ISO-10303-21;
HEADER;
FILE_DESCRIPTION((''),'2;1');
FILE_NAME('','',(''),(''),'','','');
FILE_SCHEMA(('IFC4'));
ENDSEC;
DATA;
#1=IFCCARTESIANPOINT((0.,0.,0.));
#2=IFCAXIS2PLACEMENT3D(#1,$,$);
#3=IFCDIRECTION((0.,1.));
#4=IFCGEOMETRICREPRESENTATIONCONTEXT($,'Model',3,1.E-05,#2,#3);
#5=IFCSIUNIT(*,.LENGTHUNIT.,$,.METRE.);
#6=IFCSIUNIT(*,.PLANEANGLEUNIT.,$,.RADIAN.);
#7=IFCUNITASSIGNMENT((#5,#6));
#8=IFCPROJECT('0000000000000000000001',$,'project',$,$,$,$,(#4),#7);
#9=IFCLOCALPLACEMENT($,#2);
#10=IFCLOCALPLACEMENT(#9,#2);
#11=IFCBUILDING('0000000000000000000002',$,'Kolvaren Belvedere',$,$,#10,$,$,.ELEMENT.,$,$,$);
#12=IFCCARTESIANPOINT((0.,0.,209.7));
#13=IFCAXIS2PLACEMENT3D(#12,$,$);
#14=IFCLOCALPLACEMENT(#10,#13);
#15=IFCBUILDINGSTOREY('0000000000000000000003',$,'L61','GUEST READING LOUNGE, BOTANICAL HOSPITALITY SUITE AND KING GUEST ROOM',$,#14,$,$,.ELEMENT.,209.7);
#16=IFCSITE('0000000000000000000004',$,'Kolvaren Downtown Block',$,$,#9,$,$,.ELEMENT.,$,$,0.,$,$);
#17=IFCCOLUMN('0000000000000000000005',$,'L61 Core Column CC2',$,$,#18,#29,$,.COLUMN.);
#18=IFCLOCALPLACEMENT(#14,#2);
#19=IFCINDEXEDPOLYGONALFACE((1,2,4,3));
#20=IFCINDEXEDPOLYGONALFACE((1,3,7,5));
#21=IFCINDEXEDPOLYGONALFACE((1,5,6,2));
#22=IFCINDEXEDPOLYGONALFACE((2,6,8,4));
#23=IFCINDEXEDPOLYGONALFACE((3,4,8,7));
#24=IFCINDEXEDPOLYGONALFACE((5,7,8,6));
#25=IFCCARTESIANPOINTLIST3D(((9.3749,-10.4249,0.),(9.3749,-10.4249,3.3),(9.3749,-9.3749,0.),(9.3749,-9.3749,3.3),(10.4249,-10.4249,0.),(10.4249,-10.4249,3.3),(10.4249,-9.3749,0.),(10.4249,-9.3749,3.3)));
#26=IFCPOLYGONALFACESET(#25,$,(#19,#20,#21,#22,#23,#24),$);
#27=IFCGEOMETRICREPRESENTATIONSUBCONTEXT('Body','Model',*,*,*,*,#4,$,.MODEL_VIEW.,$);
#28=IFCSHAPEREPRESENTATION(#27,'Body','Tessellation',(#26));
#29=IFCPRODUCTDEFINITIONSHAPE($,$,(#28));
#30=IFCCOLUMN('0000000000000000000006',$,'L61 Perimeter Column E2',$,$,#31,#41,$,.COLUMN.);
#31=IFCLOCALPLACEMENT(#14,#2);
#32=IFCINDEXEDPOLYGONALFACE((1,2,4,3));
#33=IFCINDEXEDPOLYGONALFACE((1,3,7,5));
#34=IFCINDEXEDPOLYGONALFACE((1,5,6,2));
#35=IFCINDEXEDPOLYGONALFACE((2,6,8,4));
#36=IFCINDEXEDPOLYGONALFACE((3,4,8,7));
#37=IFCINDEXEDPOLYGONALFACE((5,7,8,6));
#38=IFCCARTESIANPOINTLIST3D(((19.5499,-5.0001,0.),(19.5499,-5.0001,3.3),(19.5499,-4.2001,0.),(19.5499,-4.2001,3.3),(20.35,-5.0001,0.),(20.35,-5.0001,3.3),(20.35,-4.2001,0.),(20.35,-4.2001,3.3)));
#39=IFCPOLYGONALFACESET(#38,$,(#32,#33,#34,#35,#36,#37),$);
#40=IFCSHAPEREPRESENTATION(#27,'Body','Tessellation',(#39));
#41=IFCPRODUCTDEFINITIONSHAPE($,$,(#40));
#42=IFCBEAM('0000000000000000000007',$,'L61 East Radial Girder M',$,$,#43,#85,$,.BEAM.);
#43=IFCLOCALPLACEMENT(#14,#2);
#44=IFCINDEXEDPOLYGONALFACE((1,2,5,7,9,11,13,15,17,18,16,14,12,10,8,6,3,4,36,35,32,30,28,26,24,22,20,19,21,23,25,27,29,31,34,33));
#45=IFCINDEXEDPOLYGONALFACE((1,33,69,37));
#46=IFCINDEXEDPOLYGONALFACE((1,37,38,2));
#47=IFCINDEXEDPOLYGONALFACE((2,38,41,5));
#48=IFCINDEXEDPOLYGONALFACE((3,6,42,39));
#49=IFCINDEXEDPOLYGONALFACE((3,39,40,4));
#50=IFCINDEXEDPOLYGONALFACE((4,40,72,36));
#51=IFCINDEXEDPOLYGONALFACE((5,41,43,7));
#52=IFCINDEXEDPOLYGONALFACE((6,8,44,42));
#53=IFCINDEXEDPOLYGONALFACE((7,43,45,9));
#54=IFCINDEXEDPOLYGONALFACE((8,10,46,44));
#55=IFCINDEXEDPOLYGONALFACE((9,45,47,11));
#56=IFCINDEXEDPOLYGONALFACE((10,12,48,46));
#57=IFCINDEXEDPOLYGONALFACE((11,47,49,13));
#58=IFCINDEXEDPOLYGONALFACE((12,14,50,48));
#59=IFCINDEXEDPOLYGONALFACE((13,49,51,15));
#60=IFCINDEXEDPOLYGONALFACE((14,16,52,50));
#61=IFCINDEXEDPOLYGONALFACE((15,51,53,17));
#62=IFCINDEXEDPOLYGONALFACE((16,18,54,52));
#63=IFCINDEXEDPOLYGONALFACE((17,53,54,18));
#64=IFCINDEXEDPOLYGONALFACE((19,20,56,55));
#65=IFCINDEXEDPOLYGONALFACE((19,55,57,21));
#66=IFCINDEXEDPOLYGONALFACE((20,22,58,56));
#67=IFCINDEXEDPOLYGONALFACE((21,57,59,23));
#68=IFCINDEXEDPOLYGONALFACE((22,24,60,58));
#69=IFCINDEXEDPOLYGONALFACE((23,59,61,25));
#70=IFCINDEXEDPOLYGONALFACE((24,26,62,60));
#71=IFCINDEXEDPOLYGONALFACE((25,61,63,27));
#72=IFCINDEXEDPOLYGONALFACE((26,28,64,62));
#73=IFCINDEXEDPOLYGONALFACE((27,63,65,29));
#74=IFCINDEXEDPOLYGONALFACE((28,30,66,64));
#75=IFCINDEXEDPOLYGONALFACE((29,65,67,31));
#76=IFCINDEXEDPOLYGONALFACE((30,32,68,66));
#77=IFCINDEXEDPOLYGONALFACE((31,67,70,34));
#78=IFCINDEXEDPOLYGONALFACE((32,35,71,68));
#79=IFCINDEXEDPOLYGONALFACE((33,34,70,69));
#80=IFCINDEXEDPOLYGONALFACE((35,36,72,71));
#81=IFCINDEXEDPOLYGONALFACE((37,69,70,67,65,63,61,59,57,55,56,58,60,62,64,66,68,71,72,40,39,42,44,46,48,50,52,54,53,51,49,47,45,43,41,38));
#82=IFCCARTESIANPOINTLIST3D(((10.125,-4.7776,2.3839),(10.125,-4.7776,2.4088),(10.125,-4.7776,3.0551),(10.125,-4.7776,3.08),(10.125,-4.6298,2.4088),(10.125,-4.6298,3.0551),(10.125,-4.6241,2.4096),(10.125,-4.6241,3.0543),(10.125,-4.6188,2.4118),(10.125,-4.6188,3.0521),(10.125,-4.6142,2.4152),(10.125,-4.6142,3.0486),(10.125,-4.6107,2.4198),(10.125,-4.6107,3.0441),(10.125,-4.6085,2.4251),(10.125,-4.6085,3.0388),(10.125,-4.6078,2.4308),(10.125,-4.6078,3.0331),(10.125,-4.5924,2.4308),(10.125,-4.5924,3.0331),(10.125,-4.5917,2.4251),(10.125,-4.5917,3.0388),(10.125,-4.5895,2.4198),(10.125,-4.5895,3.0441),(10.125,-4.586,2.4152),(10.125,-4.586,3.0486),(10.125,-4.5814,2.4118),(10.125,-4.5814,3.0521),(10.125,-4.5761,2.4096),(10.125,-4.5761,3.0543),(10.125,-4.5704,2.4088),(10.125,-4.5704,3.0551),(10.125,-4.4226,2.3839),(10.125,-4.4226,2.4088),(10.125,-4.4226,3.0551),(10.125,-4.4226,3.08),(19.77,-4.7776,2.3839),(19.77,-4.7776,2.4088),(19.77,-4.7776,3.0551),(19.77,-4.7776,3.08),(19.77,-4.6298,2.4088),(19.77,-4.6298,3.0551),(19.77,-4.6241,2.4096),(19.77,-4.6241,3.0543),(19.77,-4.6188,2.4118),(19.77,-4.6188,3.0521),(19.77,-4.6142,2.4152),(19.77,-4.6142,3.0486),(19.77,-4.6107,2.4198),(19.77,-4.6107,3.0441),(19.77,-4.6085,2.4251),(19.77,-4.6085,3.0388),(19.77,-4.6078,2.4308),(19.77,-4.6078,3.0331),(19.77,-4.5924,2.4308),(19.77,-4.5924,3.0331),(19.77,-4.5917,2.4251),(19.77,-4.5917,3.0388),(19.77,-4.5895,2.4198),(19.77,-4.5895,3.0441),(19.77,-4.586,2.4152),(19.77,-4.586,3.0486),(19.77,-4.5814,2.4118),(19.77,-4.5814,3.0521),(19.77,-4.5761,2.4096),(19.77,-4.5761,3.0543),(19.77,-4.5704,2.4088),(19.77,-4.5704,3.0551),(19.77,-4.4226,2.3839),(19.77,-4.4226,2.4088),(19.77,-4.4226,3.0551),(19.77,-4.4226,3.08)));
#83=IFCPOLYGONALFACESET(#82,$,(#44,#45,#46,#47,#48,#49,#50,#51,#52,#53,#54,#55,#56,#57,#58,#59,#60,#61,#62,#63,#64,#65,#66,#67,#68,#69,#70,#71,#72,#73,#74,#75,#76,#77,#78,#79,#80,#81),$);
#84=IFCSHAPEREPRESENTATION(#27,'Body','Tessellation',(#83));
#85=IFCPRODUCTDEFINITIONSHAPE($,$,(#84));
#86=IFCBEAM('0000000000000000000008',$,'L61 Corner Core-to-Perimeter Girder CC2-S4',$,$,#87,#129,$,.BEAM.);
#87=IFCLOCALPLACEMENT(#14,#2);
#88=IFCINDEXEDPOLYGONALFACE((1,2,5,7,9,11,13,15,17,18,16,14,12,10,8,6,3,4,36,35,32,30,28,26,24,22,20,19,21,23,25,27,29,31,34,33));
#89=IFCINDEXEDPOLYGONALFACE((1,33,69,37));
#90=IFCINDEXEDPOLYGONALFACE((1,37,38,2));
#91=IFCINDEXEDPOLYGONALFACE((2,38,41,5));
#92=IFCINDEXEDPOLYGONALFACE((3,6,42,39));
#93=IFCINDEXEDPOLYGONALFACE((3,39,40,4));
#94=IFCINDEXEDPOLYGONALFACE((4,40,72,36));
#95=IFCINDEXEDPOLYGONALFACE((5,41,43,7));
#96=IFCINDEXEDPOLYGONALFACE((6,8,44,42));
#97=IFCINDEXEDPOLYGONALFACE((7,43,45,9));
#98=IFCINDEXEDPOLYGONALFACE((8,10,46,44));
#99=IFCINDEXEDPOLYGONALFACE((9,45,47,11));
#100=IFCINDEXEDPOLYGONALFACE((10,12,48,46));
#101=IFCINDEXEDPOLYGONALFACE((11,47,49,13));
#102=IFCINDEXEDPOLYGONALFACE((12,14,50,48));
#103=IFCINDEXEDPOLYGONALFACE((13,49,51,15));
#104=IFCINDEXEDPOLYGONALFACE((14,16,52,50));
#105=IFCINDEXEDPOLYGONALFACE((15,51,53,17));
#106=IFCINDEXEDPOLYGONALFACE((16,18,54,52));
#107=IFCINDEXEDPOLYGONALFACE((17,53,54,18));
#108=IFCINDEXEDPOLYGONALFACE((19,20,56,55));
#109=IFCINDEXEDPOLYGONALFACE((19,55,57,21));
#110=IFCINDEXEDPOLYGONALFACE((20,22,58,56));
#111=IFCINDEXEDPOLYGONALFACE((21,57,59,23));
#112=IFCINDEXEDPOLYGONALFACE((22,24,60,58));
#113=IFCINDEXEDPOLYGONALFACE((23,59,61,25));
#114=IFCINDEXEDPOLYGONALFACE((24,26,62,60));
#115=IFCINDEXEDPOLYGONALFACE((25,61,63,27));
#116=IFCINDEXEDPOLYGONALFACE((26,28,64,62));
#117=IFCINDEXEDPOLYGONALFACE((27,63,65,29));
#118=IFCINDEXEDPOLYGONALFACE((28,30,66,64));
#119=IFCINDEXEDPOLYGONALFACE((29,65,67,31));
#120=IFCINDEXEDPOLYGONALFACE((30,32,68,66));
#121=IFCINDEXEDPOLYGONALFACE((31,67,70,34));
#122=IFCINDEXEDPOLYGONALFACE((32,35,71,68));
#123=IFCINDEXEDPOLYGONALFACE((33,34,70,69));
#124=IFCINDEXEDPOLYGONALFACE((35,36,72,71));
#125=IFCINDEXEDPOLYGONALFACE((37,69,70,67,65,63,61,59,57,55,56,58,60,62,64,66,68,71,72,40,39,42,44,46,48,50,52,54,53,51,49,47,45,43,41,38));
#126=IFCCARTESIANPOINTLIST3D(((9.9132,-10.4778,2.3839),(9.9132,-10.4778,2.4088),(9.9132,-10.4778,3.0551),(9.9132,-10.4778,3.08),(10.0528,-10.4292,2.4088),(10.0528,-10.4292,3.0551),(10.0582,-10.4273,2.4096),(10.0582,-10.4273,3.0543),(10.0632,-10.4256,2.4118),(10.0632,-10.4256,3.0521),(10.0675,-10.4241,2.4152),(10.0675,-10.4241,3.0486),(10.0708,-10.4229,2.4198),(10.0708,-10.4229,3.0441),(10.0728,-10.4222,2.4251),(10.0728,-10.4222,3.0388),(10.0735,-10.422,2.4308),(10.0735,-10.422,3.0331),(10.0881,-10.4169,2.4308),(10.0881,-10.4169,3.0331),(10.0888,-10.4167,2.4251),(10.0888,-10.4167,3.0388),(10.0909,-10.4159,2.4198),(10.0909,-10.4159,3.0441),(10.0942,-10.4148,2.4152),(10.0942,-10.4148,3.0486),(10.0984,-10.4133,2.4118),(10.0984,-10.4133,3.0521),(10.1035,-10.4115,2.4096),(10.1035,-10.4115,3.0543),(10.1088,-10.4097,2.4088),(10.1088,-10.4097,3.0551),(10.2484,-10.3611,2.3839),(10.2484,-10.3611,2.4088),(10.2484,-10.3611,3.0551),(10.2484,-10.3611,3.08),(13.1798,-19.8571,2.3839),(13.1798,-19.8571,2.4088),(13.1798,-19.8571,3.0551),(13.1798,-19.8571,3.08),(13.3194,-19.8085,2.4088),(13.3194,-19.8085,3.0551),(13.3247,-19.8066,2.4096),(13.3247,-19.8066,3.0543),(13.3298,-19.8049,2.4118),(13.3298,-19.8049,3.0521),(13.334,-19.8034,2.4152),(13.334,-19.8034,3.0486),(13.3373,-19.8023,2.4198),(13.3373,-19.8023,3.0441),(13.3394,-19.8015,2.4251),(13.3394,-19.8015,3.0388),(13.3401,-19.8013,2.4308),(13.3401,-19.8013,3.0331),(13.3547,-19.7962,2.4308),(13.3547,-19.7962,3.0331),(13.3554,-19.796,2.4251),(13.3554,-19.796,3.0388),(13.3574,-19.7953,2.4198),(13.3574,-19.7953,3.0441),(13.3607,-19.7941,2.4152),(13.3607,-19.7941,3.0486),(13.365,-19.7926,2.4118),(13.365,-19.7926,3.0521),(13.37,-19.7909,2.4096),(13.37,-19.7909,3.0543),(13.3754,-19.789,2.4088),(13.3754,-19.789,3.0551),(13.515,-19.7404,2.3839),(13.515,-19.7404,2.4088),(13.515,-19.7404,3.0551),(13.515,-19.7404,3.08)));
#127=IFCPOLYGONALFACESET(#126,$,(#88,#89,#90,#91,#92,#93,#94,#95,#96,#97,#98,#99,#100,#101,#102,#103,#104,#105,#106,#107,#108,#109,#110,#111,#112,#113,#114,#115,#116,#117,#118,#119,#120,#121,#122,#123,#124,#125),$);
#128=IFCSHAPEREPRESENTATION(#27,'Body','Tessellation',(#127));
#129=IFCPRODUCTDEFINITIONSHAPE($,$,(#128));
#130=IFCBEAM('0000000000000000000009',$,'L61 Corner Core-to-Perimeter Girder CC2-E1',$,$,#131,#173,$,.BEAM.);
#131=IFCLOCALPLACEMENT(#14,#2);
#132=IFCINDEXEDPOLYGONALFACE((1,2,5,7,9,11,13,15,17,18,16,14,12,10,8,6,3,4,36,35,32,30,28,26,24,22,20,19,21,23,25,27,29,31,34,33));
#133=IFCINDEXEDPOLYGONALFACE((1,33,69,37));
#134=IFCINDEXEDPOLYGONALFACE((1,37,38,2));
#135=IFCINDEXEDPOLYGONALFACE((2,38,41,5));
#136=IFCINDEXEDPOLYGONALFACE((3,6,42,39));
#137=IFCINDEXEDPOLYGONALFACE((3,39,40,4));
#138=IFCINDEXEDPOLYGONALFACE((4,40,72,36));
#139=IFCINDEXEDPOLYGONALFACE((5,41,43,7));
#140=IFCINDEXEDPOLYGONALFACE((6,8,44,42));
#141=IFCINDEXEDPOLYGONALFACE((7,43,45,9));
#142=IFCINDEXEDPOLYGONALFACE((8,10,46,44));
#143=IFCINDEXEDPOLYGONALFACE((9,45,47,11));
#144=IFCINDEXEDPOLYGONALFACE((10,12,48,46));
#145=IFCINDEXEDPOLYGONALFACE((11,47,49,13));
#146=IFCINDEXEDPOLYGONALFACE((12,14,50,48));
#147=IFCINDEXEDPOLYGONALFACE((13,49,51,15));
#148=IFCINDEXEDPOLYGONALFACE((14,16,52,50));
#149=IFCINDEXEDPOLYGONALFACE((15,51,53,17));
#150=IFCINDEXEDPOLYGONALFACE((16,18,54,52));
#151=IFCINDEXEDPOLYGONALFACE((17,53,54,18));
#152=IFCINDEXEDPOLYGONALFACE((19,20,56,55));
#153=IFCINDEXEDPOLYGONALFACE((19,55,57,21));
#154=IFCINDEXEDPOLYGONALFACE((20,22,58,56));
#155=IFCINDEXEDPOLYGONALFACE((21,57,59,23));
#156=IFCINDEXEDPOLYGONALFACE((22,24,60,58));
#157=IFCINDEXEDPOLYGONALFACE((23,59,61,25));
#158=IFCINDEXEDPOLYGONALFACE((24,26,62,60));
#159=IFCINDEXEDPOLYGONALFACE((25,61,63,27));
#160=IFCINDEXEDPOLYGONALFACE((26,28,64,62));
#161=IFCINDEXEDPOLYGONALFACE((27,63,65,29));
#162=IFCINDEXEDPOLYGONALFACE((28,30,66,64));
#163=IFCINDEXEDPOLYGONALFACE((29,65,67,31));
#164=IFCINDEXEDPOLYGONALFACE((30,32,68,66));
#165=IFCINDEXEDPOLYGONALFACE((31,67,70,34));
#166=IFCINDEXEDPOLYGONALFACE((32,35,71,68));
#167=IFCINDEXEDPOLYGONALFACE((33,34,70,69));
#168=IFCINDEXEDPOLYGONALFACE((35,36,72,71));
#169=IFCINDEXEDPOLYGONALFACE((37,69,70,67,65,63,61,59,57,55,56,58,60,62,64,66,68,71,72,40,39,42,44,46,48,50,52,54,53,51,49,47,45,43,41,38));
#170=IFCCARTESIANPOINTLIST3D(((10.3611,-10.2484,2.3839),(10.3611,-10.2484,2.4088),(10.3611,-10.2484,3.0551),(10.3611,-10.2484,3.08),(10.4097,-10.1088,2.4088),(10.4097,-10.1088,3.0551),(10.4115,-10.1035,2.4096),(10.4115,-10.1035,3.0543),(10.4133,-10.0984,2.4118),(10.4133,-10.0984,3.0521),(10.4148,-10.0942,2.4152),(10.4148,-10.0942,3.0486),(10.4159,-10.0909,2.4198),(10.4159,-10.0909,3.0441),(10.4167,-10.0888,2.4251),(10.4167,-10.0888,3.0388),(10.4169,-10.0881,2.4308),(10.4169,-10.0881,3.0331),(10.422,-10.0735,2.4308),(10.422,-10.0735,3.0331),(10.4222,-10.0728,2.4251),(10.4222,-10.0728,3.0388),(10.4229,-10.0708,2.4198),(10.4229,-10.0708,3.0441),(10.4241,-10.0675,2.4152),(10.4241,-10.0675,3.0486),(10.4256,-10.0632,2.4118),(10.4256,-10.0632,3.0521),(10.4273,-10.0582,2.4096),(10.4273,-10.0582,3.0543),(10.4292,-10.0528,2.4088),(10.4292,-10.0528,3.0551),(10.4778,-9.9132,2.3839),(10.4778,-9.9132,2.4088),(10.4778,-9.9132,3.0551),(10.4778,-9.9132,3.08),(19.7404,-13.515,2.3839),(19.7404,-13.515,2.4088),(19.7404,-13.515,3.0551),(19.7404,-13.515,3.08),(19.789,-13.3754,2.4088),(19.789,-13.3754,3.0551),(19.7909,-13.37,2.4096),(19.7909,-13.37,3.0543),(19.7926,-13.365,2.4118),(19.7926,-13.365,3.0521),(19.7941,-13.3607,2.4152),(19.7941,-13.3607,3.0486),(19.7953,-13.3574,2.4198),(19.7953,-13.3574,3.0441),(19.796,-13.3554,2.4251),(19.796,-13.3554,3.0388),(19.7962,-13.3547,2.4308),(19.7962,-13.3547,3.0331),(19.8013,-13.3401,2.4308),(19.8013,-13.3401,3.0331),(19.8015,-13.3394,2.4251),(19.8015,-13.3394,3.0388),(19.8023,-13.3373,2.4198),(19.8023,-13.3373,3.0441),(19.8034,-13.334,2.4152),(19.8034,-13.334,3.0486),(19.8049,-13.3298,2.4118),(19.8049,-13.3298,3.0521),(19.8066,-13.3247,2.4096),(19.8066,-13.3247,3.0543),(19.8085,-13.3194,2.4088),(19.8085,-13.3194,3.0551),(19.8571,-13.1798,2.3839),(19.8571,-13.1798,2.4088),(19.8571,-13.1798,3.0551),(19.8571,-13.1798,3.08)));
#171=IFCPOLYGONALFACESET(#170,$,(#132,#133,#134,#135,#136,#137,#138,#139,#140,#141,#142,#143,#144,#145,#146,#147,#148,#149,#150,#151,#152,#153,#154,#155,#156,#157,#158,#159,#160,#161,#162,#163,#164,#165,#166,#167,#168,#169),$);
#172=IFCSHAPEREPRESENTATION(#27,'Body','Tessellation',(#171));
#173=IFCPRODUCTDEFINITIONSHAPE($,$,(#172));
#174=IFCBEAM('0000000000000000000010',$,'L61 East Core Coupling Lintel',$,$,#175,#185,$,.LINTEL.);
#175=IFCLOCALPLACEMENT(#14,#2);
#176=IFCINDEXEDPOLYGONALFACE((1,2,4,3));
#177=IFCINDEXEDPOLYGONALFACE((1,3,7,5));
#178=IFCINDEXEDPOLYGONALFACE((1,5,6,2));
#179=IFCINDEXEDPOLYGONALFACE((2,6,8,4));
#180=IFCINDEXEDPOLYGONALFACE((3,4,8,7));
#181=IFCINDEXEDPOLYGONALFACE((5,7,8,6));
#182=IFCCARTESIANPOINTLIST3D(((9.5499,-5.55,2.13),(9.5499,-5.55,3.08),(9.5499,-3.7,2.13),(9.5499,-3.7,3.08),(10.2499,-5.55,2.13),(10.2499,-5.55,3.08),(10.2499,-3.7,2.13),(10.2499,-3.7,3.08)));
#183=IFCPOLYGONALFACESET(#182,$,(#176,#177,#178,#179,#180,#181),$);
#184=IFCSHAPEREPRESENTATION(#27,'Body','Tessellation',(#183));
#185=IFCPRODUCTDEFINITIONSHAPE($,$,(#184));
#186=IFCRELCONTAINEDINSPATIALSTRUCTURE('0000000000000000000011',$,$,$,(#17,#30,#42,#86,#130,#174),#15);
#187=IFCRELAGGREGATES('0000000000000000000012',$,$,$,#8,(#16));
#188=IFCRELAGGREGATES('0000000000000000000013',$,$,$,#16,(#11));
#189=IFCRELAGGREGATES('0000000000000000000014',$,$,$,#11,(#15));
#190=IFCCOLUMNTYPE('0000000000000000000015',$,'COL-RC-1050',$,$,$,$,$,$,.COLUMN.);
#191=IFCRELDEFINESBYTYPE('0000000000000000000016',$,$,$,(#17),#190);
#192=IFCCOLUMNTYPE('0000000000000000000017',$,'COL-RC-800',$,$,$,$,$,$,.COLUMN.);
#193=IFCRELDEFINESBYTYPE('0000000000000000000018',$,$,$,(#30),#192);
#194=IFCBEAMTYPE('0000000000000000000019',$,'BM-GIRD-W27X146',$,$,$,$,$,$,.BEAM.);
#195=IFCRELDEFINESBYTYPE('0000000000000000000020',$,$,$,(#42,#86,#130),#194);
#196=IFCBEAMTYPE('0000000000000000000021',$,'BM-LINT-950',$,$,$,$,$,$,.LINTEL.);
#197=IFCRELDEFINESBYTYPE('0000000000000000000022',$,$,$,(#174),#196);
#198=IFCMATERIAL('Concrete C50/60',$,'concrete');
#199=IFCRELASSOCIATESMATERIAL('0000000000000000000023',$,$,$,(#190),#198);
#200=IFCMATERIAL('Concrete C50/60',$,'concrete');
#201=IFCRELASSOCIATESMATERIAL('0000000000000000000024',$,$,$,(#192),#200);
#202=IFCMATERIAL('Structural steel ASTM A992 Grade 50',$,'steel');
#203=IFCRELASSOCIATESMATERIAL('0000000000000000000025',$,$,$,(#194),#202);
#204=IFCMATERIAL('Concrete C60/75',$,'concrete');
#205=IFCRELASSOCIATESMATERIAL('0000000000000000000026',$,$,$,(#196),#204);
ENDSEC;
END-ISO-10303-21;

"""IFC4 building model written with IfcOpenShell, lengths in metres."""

from ifc_helpers import new_model, si_unit, direction, frame, origin, origin_2d, place, context, subcontext, project, spatial, rectangle, i_section, extrude, material, material_profile, profile_set, type_object, element, save


model = new_model("IFC4")

# Units and contexts
model_context = context("Model", 3, precision=1e-05, world=origin(), true_north=direction((0.0, 1.0)))
body_context = subcontext(model_context, "Body", "Model", "MODEL_VIEW")
ifc_project = project(units=[si_unit("LENGTHUNIT", "METRE"), si_unit("PLANEANGLEUNIT", "RADIAN")], contexts=[model_context])

# Site, building, storey
site_placement = place(None, origin())
site = spatial("IfcSite", under=ifc_project, at=site_placement, Name="Kolvaren Downtown Block", CompositionType="ELEMENT", RefElevation=0.0)
building_placement = place(site_placement, origin())
building = spatial("IfcBuilding", under=site, at=building_placement, Name="Kolvaren Belvedere", CompositionType="ELEMENT")
storey_placement = place(building_placement, frame((0.0, 0.0, 209.7)))
storey = spatial("IfcBuildingStorey", under=building, at=storey_placement, Name="L61", Description="GUEST READING LOUNGE, BOTANICAL HOSPITALITY SUITE AND KING GUEST ROOM", CompositionType="ELEMENT", Elevation=209.7)

# Columns
ifc_material_1 = material(Name="Concrete C50/60", Category="concrete")
ifc_material_profile_1 = material_profile(ifc_material_1, rectangle(XDim=1.05, YDim=1.05, at=origin_2d()), Name="RC 1050X1050")
ifc_profile_set_1 = profile_set([ifc_material_profile_1], Name="Concrete C50/60")
column_type_1 = type_object("IfcColumnType", Name="COL-RC-1050", PredefinedType="COLUMN", material=ifc_profile_set_1)
column_1_placement = place(storey_placement, frame((9.8999, -9.8999, 0.0), z_axis=(0.0, 0.0, 1.0), x_axis=(1.0, 0.0, 0.0)))
element("IfcColumn", 1, at=column_1_placement, inside=storey, type_object=column_type_1, Name="L61 Core Column CC2", PredefinedType="COLUMN", context=body_context, shape_type="SweptSolid", body=[
    extrude(rectangle(XDim=1.05, YDim=1.05, at=origin_2d()), origin(), (0.0, 0.0, 1.0), 3.3),
])
ifc_material_2 = material(Name="Concrete C50/60", Category="concrete")
ifc_material_profile_2 = material_profile(ifc_material_2, rectangle(XDim=0.8, YDim=0.8, at=origin_2d()), Name="RC 800X800")
ifc_profile_set_2 = profile_set([ifc_material_profile_2], Name="Concrete C50/60")
column_type_2 = type_object("IfcColumnType", Name="COL-RC-800", PredefinedType="COLUMN", material=ifc_profile_set_2)
column_2_placement = place(storey_placement, frame((19.95, -4.6001, 0.0), z_axis=(0.0, 0.0, 1.0), x_axis=(1.0, 0.0, 0.0)))
element("IfcColumn", 2, at=column_2_placement, inside=storey, type_object=column_type_2, Name="L61 Perimeter Column E2", PredefinedType="COLUMN", context=body_context, shape_type="SweptSolid", body=[
    extrude(rectangle(XDim=0.8, YDim=0.8, at=origin_2d()), origin(), (0.0, 0.0, 1.0), 3.3),
])

# Beams
ifc_material_3 = material(Name="Structural steel ASTM A992 Grade 50", Category="steel")
ifc_material_profile_3 = material_profile(ifc_material_3, i_section(OverallWidth=0.355, OverallDepth=0.696, WebThickness=0.0154, FlangeThickness=0.0249, FilletRadius=0.022, at=origin_2d()), Name="W27X146")
ifc_profile_set_3 = profile_set([ifc_material_profile_3], Name="Structural steel ASTM A992 Grade 50")
beam_type_1 = type_object("IfcBeamType", Name="BM-GIRD-W27X146", PredefinedType="BEAM", material=ifc_profile_set_3)
beam_1_placement = place(storey_placement, frame((10.125, -4.6001, 2.7319), z_axis=(1.0, 0.0, 0.0), x_axis=(0.0, 1.0, 0.0)))
element("IfcBeam", 3, at=beam_1_placement, inside=storey, type_object=beam_type_1, Name="L61 East Radial Girder M", PredefinedType="BEAM", context=body_context, shape_type="SweptSolid", body=[
    extrude(i_section(OverallWidth=0.355, OverallDepth=0.696, WebThickness=0.0154, FlangeThickness=0.0249, FilletRadius=0.022, at=origin_2d()), origin(), (0.0, 0.0, 1.0), 9.645),
])
for number, where, z_axis, x_axis, name in (
    (4, (10.0808, -10.4194, 2.7319), (0.328898, -0.944365, 0.0), (0.944365, 0.328898, 0.0), "L61 Corner Core-to-Perimeter Girder CC2-S4"),
    (5, (10.4194, -10.0808, 2.7319), (0.944365, -0.328898, 0.0), (0.328898, 0.944365, 0.0), "L61 Corner Core-to-Perimeter Girder CC2-E1"),
):
    element("IfcBeam", number, at=place(storey_placement, frame(where, z_axis=z_axis, x_axis=x_axis)), inside=storey, type_object=beam_type_1, Name=name, PredefinedType="BEAM", context=body_context, shape_type="SweptSolid", body=[
        extrude(i_section(OverallWidth=0.355, OverallDepth=0.696, WebThickness=0.0154, FlangeThickness=0.0249, FilletRadius=0.022, at=origin_2d()), origin(), (0.0, 0.0, 1.0), 9.9319),
    ])
ifc_material_4 = material(Name="Concrete C60/75", Category="concrete")
ifc_material_profile_4 = material_profile(ifc_material_4, rectangle(XDim=0.7, YDim=0.95, at=origin_2d()), Name="RC 700X950")
ifc_profile_set_4 = profile_set([ifc_material_profile_4], Name="Concrete C60/75")
beam_type_2 = type_object("IfcBeamType", Name="BM-LINT-950", PredefinedType="LINTEL", material=ifc_profile_set_4)
beam_2_placement = place(storey_placement, frame((9.8999, -5.55, 2.605), z_axis=(0.0, 1.0, 0.0), x_axis=(-1.0, 0.0, 0.0)))
element("IfcBeam", 6, at=beam_2_placement, inside=storey, type_object=beam_type_2, Name="L61 East Core Coupling Lintel", PredefinedType="LINTEL", context=body_context, shape_type="SweptSolid", body=[
    extrude(rectangle(XDim=0.7, YDim=0.95, at=origin_2d()), origin(), (0.0, 0.0, 1.0), 1.8501),
])

save(model, "model.ifc")
